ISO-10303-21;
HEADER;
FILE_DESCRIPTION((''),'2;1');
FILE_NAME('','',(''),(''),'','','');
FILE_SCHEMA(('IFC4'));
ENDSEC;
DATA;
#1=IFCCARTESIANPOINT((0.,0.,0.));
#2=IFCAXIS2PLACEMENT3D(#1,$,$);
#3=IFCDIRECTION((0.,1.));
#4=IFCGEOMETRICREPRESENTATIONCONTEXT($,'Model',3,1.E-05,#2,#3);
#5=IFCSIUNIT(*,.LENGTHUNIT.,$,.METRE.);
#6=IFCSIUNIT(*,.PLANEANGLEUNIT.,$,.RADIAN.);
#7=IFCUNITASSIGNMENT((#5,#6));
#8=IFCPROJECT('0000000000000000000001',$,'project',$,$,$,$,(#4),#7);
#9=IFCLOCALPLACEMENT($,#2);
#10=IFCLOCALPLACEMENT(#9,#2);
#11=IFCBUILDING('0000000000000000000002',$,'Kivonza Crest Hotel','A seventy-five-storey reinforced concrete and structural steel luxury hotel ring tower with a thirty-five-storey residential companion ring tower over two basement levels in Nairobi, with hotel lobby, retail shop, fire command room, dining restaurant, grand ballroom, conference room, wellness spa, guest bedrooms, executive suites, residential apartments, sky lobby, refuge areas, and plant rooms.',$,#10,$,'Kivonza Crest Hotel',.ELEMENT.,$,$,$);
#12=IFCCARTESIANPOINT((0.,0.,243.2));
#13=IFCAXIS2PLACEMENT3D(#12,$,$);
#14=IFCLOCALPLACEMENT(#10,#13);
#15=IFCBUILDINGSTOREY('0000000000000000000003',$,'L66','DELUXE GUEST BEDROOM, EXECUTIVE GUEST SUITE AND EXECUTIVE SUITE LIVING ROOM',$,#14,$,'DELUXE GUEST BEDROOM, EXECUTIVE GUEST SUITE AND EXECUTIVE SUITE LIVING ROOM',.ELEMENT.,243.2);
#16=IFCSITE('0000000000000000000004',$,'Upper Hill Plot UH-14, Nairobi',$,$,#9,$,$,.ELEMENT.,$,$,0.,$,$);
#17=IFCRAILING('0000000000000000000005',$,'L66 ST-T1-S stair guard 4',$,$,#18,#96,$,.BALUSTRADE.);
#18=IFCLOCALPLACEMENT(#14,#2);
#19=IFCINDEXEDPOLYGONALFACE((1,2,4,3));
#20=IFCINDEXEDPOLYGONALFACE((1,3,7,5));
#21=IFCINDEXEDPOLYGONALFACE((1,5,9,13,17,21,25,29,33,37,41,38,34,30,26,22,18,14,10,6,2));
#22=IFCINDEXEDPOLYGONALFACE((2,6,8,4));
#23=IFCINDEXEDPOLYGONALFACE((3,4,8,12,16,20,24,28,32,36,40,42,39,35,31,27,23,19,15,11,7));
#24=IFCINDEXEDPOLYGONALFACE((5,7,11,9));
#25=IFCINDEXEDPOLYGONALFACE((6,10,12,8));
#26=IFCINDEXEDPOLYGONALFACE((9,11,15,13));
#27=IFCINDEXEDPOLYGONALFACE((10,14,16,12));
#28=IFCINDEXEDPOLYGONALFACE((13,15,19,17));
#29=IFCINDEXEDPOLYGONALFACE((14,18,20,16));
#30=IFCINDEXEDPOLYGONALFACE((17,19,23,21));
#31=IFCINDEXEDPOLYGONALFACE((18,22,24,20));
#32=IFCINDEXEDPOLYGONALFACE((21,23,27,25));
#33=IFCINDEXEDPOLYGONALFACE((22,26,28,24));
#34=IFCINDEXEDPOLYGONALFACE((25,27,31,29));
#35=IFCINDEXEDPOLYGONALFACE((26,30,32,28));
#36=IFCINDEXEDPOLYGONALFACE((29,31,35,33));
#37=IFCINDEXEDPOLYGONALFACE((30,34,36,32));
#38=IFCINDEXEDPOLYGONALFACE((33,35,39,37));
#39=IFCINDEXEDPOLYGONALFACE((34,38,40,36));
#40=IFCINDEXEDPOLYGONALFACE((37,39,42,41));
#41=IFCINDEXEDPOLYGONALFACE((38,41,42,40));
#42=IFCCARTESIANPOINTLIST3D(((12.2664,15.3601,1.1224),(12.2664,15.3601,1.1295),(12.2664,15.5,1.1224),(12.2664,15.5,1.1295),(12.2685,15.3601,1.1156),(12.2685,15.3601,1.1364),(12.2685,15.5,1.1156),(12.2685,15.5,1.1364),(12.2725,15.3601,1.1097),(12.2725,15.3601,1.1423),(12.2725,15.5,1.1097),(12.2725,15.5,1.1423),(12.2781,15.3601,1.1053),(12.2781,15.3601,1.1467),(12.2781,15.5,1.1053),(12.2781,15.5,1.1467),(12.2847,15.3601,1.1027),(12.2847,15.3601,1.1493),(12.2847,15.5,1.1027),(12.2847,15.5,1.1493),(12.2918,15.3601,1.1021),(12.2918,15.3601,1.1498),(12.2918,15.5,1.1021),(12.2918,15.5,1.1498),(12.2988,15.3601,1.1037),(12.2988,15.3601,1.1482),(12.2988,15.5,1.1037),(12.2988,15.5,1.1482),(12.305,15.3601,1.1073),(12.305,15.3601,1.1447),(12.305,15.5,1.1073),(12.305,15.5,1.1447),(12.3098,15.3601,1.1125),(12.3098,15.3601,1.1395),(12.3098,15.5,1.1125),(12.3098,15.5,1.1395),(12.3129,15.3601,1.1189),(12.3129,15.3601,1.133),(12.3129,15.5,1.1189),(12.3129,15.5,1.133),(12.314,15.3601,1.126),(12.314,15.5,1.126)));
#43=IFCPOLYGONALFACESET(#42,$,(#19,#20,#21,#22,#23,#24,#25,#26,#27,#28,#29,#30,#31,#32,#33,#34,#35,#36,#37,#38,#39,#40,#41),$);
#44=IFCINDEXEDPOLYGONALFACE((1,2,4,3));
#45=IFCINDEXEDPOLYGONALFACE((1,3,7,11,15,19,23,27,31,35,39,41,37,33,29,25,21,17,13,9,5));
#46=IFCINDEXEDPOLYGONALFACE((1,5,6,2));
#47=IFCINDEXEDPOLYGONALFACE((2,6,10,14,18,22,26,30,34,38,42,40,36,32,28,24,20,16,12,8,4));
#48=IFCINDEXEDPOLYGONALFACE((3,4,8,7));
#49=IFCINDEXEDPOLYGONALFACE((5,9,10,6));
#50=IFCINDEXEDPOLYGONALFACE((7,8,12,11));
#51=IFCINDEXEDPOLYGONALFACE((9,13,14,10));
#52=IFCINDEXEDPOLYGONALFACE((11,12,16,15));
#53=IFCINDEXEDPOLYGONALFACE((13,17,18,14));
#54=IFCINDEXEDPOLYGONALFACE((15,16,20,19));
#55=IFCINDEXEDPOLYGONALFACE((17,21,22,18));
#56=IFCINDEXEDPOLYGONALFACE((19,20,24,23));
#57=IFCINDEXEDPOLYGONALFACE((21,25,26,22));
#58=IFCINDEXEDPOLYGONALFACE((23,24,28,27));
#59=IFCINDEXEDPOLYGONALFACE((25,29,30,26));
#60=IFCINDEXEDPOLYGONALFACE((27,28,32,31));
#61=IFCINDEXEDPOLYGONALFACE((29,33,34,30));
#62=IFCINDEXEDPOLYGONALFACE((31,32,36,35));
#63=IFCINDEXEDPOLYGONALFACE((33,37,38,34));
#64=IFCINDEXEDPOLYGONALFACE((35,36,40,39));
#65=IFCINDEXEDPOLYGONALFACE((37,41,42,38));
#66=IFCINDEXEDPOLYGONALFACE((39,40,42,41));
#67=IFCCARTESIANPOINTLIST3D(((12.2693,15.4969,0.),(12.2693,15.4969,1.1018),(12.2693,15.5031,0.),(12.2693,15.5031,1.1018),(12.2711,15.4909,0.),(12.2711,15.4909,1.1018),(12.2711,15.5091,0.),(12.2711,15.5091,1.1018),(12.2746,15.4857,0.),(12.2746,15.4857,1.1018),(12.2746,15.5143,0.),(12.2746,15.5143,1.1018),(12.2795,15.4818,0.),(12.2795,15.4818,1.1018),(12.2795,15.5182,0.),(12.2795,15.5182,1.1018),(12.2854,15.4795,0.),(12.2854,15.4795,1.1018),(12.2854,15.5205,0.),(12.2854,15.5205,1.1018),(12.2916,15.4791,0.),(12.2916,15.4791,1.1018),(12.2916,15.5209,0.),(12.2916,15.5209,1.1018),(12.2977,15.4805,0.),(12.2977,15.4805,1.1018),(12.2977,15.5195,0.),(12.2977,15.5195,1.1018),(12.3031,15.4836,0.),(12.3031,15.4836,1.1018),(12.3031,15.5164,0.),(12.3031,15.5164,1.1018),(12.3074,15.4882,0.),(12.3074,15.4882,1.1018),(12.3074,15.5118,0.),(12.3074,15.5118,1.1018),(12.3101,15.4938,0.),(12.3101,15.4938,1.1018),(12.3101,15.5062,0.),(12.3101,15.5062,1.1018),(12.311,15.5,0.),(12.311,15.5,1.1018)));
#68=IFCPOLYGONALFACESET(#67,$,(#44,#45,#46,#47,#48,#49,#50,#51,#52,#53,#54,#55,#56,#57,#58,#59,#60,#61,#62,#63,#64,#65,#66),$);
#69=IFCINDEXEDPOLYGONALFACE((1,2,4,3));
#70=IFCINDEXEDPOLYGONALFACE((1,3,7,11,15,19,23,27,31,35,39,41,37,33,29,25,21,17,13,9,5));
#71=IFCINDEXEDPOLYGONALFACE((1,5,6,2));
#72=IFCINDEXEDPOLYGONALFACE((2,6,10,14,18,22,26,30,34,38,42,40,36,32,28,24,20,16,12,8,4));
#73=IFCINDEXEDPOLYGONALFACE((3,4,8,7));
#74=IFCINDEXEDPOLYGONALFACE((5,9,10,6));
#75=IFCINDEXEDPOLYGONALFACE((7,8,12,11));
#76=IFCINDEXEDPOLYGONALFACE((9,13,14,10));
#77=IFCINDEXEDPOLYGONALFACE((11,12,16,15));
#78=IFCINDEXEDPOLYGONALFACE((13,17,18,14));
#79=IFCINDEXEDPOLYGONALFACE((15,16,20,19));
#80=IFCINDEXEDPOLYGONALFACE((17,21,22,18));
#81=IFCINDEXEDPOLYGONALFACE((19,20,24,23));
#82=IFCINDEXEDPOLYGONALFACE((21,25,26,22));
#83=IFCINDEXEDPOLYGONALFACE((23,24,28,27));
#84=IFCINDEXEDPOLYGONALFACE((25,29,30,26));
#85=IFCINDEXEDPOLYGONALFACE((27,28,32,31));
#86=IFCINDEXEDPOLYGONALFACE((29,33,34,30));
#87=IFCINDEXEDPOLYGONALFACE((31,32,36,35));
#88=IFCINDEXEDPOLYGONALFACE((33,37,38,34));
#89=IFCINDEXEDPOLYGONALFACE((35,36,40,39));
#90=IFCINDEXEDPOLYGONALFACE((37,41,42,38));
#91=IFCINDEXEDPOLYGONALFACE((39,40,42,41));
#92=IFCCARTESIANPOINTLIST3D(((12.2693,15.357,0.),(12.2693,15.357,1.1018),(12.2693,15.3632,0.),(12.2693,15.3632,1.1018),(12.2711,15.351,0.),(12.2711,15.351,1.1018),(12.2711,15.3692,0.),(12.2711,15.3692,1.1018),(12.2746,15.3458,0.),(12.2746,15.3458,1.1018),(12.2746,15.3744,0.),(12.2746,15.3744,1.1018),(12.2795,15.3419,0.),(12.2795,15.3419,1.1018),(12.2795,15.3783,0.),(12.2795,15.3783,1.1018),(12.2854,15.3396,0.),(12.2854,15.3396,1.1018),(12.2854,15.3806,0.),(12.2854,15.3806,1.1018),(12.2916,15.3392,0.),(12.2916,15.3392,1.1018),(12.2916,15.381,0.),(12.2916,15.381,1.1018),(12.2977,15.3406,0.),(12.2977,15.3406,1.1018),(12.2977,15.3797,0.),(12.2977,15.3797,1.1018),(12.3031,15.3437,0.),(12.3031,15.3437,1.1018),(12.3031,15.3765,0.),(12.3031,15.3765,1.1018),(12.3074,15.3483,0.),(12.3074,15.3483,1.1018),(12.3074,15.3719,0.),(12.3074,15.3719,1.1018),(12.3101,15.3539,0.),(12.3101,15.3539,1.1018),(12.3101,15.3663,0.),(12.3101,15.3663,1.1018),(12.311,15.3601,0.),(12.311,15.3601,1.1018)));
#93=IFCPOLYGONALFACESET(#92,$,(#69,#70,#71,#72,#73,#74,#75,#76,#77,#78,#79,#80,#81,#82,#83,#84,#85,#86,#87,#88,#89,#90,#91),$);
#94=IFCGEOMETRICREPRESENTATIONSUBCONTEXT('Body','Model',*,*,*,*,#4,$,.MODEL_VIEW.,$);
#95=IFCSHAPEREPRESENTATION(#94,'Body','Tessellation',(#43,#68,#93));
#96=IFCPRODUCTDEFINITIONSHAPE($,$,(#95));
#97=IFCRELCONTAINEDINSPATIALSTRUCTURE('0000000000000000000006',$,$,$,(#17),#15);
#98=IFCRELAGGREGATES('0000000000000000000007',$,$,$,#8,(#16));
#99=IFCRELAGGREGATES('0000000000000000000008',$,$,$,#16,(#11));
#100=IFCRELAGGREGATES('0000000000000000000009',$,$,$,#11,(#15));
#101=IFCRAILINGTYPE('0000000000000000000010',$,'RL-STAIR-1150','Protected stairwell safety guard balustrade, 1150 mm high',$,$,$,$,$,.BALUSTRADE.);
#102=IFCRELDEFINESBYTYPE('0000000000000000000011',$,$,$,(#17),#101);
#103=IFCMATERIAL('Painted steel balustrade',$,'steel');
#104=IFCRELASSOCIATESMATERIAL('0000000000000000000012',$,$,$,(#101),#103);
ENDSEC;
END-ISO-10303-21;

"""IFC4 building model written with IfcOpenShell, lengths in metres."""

from ifc_helpers import new_model, si_unit, direction, frame, origin, origin_2d, place, context, subcontext, project, spatial, circle, extrude, material, type_object, element, save


model = new_model("IFC4")

# Units and contexts
model_context = context("Model", 3, precision=1e-05, world=origin(), true_north=direction((0.0, 1.0)))
body_context = subcontext(model_context, "Body", "Model", "MODEL_VIEW")
ifc_project = project(units=[si_unit("LENGTHUNIT", "METRE"), si_unit("PLANEANGLEUNIT", "RADIAN")], contexts=[model_context])

# Site, building, storey
site_placement = place(None, origin())
site = spatial("IfcSite", under=ifc_project, at=site_placement, Name="Upper Hill Plot UH-14, Nairobi", CompositionType="ELEMENT", RefElevation=0.0)
building_placement = place(site_placement, origin())
building = spatial("IfcBuilding", under=site, at=building_placement, Name="Kivonza Crest Hotel", Description="A seventy-five-storey reinforced concrete and structural steel luxury hotel ring tower with a thirty-five-storey residential companion ring tower over two basement levels in Nairobi, with hotel lobby, retail shop, fire command room, dining restaurant, grand ballroom, conference room, wellness spa, guest bedrooms, executive suites, residential apartments, sky lobby, refuge areas, and plant rooms.", LongName="Kivonza Crest Hotel", CompositionType="ELEMENT")
storey_placement = place(building_placement, frame((0.0, 0.0, 243.2)))
storey = spatial("IfcBuildingStorey", under=building, at=storey_placement, Name="L66", Description="DELUXE GUEST BEDROOM, EXECUTIVE GUEST SUITE AND EXECUTIVE SUITE LIVING ROOM", LongName="DELUXE GUEST BEDROOM, EXECUTIVE GUEST SUITE AND EXECUTIVE SUITE LIVING ROOM", CompositionType="ELEMENT", Elevation=243.2)

# Railing
ifc_material_1 = material(Name="Painted steel balustrade", Category="steel")
railing_type_1 = type_object("IfcRailingType", Name="RL-STAIR-1150", Description="Protected stairwell safety guard balustrade, 1150 mm high", PredefinedType="BALUSTRADE", material=ifc_material_1)
railing_1_placement = place(storey_placement, frame((12.29, 15.5, 0.0)))
element("IfcRailing", 1, at=railing_1_placement, inside=storey, type_object=railing_type_1, Name="L66 ST-T1-S stair guard 4", PredefinedType="BALUSTRADE", context=body_context, shape_type="SweptSolid", body=[
    extrude(circle(Radius=0.0239, at=origin_2d()), frame((0.0, 0.0, 1.126), z_axis=(0.0, -1.0, 0.0), x_axis=(1.0, 0.0, 0.0)), (0.0, 0.0, 1.0), 0.1399),
    extrude(circle(Radius=0.021, at=origin_2d()), origin(), (0.0, 0.0, 1.0), 1.1018),
    extrude(circle(Radius=0.021, at=origin_2d()), frame((0.0, -0.1399, 0.0)), (0.0, 0.0, 1.0), 1.1018),
])

save(model, "model.ifc")
